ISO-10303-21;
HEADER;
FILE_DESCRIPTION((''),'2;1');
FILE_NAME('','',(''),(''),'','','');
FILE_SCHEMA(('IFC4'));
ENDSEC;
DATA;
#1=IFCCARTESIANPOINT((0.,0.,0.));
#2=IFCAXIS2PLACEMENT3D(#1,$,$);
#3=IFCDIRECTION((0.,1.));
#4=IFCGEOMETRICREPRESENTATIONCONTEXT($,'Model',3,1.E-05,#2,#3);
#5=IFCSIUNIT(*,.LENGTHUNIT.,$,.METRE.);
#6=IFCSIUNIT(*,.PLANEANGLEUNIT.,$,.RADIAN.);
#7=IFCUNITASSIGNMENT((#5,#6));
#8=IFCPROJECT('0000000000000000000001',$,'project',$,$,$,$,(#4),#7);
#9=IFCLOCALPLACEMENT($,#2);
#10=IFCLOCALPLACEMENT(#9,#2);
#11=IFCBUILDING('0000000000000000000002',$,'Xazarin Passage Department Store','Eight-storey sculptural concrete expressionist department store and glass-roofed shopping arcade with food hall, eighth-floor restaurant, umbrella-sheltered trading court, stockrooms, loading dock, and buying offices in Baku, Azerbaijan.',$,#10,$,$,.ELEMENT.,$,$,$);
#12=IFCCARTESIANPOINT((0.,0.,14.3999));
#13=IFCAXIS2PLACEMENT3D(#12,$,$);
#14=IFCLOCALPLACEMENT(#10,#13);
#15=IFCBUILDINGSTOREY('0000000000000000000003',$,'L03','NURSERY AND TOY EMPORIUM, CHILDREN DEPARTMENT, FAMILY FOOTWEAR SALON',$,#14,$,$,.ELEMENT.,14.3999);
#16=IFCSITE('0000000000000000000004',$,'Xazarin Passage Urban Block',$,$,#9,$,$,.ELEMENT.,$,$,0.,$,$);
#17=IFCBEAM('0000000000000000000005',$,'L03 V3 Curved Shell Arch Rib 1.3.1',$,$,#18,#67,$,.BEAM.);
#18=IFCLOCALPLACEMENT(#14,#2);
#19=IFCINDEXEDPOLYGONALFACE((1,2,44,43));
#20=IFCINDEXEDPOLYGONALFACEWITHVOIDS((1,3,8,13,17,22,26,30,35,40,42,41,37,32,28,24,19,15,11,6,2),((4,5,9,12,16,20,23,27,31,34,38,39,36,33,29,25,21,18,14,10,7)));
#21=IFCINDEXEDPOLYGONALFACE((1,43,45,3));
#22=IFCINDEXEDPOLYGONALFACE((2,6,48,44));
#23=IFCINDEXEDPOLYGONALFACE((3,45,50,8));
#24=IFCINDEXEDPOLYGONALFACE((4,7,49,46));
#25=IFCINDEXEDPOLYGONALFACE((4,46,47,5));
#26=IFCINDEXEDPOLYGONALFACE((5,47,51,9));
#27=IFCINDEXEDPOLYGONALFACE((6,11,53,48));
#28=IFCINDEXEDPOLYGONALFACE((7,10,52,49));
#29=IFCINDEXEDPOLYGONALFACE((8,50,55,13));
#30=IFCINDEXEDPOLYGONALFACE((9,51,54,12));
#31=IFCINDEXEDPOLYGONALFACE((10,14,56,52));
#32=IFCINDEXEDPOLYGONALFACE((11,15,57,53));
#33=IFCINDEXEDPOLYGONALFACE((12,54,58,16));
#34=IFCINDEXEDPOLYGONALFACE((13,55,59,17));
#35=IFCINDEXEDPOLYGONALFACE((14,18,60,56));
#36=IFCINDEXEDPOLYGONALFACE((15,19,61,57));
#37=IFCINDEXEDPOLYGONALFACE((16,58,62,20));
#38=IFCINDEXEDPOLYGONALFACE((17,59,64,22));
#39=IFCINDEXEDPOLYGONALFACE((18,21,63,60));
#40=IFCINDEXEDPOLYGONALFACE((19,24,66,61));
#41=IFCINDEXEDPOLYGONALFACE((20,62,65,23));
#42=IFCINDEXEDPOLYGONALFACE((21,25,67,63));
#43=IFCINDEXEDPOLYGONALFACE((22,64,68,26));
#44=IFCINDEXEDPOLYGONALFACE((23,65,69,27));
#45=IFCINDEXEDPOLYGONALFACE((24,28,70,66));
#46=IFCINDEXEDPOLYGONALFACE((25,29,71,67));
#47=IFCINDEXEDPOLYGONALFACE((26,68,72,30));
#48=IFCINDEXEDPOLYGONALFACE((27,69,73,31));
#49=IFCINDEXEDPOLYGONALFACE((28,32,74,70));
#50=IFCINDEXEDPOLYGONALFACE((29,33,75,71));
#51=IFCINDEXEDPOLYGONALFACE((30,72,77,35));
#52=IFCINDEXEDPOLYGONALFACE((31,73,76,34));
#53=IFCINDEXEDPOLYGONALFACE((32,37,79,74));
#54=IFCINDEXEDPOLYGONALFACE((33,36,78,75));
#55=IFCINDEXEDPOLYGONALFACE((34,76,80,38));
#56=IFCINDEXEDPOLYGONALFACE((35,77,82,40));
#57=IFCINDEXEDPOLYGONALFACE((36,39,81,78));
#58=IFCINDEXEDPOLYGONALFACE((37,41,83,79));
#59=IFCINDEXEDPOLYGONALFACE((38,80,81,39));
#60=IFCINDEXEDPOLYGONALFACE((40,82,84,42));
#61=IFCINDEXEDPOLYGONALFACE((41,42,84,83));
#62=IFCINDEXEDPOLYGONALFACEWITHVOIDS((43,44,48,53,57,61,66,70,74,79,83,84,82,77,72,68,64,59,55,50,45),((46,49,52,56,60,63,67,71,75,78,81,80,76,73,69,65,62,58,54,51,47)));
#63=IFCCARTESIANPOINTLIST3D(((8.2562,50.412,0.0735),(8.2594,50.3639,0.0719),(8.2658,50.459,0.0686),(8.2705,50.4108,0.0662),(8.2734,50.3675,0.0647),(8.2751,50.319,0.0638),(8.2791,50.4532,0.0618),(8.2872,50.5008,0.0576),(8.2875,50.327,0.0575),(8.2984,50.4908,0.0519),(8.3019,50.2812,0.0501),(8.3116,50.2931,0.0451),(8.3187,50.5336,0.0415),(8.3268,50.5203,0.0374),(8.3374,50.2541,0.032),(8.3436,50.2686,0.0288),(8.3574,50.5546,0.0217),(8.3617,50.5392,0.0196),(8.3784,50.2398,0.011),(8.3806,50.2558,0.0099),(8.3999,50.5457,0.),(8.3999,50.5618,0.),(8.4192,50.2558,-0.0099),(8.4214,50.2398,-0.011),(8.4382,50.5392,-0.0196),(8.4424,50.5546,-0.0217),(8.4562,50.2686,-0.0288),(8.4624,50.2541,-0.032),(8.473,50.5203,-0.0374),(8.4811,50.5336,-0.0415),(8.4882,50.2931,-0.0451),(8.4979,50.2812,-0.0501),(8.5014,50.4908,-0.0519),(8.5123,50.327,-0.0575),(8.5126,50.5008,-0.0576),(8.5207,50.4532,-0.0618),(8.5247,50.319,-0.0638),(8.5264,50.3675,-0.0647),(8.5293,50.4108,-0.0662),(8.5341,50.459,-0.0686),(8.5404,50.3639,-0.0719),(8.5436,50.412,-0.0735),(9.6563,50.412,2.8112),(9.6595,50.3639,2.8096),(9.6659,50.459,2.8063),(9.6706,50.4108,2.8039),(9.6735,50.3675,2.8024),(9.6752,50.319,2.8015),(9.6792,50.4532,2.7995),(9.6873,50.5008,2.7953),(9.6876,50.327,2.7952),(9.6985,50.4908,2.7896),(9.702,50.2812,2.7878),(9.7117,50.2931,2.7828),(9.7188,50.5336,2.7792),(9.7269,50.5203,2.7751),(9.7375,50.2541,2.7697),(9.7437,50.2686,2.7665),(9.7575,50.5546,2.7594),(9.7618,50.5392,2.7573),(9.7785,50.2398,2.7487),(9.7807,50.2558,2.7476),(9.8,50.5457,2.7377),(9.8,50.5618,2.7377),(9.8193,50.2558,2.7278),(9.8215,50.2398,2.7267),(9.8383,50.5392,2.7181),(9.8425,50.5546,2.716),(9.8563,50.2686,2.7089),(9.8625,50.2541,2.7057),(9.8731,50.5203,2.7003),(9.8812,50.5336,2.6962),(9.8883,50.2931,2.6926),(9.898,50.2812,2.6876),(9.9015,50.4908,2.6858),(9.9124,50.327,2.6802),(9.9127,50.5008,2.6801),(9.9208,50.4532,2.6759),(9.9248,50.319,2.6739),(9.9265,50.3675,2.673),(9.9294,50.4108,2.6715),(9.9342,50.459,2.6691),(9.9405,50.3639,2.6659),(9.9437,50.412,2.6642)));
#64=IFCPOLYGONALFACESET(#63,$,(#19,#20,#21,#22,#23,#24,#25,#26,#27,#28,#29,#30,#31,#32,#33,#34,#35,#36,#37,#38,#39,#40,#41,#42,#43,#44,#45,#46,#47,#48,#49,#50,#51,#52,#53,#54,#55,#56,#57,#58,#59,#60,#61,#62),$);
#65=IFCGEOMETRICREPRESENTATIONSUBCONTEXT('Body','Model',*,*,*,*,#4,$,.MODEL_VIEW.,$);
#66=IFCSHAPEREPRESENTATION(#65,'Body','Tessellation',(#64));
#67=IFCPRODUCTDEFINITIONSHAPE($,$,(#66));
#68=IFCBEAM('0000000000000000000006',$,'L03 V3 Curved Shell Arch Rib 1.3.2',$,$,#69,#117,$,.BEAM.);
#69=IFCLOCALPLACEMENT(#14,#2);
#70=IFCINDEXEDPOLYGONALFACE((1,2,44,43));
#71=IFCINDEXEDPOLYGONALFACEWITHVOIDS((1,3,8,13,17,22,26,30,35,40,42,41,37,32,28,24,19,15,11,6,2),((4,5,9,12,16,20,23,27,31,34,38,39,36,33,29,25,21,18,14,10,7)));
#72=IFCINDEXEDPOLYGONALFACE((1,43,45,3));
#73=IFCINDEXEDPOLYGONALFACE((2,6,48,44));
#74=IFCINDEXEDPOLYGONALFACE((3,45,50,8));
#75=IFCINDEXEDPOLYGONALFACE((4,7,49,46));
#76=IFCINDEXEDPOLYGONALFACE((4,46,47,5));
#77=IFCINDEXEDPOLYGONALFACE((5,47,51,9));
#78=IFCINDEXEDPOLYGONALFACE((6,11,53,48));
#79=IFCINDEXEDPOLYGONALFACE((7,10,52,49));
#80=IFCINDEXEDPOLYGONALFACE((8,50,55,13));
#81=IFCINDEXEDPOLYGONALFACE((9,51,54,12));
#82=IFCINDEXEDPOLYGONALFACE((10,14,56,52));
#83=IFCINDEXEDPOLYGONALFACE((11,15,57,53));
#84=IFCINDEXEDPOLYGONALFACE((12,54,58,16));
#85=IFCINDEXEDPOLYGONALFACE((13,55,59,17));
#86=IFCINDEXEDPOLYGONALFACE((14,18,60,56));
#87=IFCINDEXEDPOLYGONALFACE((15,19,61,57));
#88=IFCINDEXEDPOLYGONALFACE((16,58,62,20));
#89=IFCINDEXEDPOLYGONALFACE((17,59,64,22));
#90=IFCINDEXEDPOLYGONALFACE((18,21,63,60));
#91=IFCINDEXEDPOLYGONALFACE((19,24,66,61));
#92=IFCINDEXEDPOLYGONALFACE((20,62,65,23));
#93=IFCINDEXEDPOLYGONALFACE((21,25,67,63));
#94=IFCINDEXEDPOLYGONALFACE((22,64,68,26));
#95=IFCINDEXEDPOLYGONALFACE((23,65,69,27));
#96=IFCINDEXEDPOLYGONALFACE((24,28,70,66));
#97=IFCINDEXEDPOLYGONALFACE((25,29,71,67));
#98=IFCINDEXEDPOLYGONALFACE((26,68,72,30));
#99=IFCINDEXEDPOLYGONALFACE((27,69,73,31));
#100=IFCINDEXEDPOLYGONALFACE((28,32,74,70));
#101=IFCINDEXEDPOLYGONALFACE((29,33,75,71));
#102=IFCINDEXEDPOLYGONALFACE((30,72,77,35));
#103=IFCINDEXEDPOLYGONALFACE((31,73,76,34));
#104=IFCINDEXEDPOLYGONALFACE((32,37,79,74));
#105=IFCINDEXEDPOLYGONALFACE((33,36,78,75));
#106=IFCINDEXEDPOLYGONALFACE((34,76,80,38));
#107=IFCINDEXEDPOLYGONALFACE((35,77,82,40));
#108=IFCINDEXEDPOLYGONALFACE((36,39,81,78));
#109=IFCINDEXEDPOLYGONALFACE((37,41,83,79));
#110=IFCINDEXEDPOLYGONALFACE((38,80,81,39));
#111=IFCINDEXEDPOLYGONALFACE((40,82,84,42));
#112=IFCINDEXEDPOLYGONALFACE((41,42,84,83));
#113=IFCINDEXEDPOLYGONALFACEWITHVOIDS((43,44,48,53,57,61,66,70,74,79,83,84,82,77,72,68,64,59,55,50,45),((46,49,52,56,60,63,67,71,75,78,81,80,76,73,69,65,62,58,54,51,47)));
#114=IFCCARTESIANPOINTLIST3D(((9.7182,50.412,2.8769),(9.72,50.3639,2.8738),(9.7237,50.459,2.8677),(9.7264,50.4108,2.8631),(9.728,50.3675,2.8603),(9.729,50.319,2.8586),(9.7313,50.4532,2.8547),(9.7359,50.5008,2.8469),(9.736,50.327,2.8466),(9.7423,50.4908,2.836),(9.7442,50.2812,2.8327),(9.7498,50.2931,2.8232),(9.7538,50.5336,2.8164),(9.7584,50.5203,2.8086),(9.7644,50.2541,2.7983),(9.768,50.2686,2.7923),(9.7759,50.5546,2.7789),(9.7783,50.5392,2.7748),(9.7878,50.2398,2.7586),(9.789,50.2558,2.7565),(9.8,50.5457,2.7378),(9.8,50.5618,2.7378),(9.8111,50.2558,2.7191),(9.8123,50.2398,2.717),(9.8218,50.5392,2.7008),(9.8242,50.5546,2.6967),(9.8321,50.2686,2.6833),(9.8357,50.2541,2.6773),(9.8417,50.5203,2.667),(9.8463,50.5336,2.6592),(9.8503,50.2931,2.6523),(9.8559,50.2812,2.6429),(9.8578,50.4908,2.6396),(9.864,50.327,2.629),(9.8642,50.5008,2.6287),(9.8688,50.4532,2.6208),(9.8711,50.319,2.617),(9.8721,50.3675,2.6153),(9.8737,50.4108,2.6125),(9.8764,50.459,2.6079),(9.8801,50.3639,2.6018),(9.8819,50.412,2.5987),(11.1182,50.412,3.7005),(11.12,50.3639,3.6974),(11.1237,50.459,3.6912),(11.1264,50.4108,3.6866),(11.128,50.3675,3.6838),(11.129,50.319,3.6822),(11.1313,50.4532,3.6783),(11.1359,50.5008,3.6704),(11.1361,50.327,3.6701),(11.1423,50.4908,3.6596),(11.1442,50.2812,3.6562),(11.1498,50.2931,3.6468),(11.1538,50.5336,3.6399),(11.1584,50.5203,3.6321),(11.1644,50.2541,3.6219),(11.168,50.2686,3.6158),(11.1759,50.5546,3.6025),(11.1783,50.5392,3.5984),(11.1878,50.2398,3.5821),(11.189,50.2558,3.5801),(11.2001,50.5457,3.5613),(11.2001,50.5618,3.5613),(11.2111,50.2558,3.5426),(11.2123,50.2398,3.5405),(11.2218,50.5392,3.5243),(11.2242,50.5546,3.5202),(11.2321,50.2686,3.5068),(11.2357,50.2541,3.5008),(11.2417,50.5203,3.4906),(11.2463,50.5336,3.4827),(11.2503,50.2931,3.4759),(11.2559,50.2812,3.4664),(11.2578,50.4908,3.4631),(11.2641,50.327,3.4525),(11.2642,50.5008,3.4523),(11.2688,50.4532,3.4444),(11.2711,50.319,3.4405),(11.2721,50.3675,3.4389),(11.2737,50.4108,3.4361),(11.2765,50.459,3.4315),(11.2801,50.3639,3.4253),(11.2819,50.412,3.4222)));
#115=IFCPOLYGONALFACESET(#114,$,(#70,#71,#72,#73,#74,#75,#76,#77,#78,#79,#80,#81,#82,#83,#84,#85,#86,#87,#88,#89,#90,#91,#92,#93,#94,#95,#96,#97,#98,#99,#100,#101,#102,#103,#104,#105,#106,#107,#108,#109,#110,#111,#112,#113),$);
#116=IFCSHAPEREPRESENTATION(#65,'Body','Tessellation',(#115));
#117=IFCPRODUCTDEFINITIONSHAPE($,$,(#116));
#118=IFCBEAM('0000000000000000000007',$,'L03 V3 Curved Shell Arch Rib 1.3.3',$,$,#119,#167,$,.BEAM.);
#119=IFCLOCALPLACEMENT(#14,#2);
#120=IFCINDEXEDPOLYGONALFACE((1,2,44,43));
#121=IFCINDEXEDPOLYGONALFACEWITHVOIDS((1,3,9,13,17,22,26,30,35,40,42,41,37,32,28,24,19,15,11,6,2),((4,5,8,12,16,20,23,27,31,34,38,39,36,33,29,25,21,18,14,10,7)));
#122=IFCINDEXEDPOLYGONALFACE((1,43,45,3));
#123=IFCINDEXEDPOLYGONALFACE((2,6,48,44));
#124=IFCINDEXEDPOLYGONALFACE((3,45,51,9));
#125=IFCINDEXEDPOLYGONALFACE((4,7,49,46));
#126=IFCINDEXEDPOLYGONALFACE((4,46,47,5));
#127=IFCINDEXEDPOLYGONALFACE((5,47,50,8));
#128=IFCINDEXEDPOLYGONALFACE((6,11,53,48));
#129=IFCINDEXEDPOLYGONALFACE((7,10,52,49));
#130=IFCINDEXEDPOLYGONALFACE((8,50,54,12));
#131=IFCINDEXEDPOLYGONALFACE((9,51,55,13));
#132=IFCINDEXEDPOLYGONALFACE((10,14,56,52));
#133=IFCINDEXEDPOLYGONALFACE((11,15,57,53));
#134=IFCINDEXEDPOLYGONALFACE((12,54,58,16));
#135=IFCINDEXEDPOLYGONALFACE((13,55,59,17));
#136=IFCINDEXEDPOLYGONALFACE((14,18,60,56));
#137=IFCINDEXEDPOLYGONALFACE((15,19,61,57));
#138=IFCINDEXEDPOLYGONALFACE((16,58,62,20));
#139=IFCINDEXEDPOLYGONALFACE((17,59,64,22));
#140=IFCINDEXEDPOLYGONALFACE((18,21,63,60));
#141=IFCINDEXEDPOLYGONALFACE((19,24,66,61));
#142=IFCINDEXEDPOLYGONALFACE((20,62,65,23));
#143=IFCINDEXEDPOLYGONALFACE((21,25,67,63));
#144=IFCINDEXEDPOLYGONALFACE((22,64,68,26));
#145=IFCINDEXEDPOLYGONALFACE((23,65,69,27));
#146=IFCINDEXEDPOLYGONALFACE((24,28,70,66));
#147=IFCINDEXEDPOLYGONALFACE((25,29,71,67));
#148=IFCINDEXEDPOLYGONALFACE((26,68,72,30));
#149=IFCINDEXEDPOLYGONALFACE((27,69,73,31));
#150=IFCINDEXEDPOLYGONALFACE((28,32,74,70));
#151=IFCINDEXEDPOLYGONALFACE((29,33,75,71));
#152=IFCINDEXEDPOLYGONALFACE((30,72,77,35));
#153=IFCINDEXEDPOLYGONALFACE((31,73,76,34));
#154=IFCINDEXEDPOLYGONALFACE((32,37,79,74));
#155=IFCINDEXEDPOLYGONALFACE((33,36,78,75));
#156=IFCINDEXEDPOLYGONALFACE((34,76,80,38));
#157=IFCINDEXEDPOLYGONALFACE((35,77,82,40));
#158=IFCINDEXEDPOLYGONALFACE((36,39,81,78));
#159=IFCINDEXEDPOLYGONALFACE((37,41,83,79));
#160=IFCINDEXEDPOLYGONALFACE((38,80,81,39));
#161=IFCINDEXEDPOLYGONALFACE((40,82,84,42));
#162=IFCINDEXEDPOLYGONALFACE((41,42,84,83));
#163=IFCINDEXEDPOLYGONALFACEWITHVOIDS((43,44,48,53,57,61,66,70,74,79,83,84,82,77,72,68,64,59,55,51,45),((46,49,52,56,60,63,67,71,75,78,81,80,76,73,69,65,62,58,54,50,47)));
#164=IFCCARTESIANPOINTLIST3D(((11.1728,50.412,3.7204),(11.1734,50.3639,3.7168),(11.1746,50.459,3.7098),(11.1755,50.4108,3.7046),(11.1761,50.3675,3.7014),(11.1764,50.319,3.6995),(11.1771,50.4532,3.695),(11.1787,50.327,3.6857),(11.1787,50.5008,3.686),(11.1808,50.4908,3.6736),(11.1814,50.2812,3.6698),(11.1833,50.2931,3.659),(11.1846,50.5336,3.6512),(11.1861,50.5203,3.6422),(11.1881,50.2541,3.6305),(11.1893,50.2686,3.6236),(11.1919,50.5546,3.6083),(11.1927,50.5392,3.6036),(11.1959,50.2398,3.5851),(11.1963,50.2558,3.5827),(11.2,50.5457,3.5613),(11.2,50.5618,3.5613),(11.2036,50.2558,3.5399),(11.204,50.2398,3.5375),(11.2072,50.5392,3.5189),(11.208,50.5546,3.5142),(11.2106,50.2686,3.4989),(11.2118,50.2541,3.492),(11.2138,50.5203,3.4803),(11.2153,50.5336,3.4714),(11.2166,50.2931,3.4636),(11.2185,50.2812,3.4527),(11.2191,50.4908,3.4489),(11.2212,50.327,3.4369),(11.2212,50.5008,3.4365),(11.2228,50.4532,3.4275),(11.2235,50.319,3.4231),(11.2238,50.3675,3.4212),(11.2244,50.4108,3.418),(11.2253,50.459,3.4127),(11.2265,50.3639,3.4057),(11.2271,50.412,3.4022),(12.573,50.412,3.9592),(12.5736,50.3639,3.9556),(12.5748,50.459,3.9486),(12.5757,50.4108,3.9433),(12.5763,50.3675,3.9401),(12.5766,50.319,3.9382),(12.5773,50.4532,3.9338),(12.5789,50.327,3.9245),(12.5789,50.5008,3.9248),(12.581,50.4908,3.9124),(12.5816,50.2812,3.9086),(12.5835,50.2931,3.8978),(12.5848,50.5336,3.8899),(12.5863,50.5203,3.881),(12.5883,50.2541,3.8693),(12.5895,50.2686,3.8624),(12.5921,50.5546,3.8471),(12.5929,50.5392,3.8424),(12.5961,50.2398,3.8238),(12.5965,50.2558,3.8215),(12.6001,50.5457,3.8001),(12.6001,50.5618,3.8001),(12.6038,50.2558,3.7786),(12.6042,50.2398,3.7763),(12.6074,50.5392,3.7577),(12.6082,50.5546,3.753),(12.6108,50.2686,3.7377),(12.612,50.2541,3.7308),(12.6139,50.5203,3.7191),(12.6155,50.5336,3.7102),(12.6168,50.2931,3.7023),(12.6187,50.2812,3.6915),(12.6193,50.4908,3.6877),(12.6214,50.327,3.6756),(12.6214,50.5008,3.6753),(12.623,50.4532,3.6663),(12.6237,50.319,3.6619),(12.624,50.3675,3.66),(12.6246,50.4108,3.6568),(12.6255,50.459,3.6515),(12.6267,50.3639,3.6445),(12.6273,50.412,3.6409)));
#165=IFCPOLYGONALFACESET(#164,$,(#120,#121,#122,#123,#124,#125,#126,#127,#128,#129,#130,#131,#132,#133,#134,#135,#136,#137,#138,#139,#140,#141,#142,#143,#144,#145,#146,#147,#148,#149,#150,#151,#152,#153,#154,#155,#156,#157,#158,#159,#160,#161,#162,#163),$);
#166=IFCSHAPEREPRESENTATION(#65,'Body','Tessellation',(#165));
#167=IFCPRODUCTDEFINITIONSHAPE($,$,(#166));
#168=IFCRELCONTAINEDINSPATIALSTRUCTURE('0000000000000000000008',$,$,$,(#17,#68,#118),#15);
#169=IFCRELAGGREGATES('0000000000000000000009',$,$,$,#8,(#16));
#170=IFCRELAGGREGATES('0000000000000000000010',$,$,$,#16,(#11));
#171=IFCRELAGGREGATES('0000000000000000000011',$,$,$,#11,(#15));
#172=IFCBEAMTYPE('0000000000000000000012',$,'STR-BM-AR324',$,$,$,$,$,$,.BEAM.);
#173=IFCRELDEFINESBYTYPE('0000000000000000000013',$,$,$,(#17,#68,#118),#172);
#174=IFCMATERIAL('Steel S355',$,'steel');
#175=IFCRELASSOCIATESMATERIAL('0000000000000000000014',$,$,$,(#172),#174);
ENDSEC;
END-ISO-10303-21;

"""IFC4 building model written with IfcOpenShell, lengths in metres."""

from ifc_helpers import new_model, si_unit, direction, frame, origin, origin_2d, place, context, subcontext, project, spatial, hollow_circle, extrude, material, material_profile, profile_set, type_object, element, save


model = new_model("IFC4")

# Units and contexts
model_context = context("Model", 3, precision=1e-05, world=origin(), true_north=direction((0.0, 1.0)))
body_context = subcontext(model_context, "Body", "Model", "MODEL_VIEW")
ifc_project = project(units=[si_unit("LENGTHUNIT", "METRE"), si_unit("PLANEANGLEUNIT", "RADIAN")], contexts=[model_context])

# Site, building, storey
site_placement = place(None, origin())
site = spatial("IfcSite", under=ifc_project, at=site_placement, Name="Xazarin Passage Urban Block", CompositionType="ELEMENT", RefElevation=0.0)
building_placement = place(site_placement, origin())
building = spatial("IfcBuilding", under=site, at=building_placement, Name="Xazarin Passage Department Store", Description="Eight-storey sculptural concrete expressionist department store and glass-roofed shopping arcade with food hall, eighth-floor restaurant, umbrella-sheltered trading court, stockrooms, loading dock, and buying offices in Baku, Azerbaijan.", CompositionType="ELEMENT")
storey_placement = place(building_placement, frame((0.0, 0.0, 14.3999)))
storey = spatial("IfcBuildingStorey", under=building, at=storey_placement, Name="L03", Description="NURSERY AND TOY EMPORIUM, CHILDREN DEPARTMENT, FAMILY FOOTWEAR SALON", CompositionType="ELEMENT", Elevation=14.3999)

# Beams
ifc_material_1 = material(Name="Steel S355", Category="steel")
ifc_material_profile_1 = material_profile(ifc_material_1, hollow_circle(Radius=0.1619, WallThickness=0.0161, at=origin_2d()), Name="CHS 323.9x16")
ifc_profile_set_1 = profile_set([ifc_material_profile_1], Name="Steel S355")
beam_type_1 = type_object("IfcBeamType", Name="STR-BM-AR324", PredefinedType="BEAM", material=ifc_profile_set_1)
beam_1_placement = place(storey_placement, frame((8.3999, 50.3999, 0.0), z_axis=(0.455325, 0.0, 0.890325), x_axis=(0.0, 1.0, 0.0)))
element("IfcBeam", 1, at=beam_1_placement, inside=storey, type_object=beam_type_1, Name="L03 V3 Curved Shell Arch Rib 1.3.1", PredefinedType="BEAM", context=body_context, shape_type="SweptSolid", body=[
    extrude(hollow_circle(Radius=0.1619, WallThickness=0.0161, at=origin_2d()), origin(), (0.0, 0.0, 1.0), 3.075),
])
beam_2_placement = place(storey_placement, frame((9.8, 50.3999, 2.7378), z_axis=(0.86193, 0.0, 0.507027), x_axis=(0.0, 1.0, 0.0)))
element("IfcBeam", 2, at=beam_2_placement, inside=storey, type_object=beam_type_1, Name="L03 V3 Curved Shell Arch Rib 1.3.2", PredefinedType="BEAM", context=body_context, shape_type="SweptSolid", body=[
    extrude(hollow_circle(Radius=0.1619, WallThickness=0.0161, at=origin_2d()), origin(), (0.0, 0.0, 1.0), 1.6243),
])
beam_3_placement = place(storey_placement, frame((11.2, 50.3999, 3.5613), z_axis=(0.985769, 0.0, 0.168105), x_axis=(0.0, 1.0, 0.0)))
element("IfcBeam", 3, at=beam_3_placement, inside=storey, type_object=beam_type_1, Name="L03 V3 Curved Shell Arch Rib 1.3.3", PredefinedType="BEAM", context=body_context, shape_type="SweptSolid", body=[
    extrude(hollow_circle(Radius=0.1619, WallThickness=0.0161, at=origin_2d()), origin(), (0.0, 0.0, 1.0), 1.4204),
])

save(model, "model.ifc")
